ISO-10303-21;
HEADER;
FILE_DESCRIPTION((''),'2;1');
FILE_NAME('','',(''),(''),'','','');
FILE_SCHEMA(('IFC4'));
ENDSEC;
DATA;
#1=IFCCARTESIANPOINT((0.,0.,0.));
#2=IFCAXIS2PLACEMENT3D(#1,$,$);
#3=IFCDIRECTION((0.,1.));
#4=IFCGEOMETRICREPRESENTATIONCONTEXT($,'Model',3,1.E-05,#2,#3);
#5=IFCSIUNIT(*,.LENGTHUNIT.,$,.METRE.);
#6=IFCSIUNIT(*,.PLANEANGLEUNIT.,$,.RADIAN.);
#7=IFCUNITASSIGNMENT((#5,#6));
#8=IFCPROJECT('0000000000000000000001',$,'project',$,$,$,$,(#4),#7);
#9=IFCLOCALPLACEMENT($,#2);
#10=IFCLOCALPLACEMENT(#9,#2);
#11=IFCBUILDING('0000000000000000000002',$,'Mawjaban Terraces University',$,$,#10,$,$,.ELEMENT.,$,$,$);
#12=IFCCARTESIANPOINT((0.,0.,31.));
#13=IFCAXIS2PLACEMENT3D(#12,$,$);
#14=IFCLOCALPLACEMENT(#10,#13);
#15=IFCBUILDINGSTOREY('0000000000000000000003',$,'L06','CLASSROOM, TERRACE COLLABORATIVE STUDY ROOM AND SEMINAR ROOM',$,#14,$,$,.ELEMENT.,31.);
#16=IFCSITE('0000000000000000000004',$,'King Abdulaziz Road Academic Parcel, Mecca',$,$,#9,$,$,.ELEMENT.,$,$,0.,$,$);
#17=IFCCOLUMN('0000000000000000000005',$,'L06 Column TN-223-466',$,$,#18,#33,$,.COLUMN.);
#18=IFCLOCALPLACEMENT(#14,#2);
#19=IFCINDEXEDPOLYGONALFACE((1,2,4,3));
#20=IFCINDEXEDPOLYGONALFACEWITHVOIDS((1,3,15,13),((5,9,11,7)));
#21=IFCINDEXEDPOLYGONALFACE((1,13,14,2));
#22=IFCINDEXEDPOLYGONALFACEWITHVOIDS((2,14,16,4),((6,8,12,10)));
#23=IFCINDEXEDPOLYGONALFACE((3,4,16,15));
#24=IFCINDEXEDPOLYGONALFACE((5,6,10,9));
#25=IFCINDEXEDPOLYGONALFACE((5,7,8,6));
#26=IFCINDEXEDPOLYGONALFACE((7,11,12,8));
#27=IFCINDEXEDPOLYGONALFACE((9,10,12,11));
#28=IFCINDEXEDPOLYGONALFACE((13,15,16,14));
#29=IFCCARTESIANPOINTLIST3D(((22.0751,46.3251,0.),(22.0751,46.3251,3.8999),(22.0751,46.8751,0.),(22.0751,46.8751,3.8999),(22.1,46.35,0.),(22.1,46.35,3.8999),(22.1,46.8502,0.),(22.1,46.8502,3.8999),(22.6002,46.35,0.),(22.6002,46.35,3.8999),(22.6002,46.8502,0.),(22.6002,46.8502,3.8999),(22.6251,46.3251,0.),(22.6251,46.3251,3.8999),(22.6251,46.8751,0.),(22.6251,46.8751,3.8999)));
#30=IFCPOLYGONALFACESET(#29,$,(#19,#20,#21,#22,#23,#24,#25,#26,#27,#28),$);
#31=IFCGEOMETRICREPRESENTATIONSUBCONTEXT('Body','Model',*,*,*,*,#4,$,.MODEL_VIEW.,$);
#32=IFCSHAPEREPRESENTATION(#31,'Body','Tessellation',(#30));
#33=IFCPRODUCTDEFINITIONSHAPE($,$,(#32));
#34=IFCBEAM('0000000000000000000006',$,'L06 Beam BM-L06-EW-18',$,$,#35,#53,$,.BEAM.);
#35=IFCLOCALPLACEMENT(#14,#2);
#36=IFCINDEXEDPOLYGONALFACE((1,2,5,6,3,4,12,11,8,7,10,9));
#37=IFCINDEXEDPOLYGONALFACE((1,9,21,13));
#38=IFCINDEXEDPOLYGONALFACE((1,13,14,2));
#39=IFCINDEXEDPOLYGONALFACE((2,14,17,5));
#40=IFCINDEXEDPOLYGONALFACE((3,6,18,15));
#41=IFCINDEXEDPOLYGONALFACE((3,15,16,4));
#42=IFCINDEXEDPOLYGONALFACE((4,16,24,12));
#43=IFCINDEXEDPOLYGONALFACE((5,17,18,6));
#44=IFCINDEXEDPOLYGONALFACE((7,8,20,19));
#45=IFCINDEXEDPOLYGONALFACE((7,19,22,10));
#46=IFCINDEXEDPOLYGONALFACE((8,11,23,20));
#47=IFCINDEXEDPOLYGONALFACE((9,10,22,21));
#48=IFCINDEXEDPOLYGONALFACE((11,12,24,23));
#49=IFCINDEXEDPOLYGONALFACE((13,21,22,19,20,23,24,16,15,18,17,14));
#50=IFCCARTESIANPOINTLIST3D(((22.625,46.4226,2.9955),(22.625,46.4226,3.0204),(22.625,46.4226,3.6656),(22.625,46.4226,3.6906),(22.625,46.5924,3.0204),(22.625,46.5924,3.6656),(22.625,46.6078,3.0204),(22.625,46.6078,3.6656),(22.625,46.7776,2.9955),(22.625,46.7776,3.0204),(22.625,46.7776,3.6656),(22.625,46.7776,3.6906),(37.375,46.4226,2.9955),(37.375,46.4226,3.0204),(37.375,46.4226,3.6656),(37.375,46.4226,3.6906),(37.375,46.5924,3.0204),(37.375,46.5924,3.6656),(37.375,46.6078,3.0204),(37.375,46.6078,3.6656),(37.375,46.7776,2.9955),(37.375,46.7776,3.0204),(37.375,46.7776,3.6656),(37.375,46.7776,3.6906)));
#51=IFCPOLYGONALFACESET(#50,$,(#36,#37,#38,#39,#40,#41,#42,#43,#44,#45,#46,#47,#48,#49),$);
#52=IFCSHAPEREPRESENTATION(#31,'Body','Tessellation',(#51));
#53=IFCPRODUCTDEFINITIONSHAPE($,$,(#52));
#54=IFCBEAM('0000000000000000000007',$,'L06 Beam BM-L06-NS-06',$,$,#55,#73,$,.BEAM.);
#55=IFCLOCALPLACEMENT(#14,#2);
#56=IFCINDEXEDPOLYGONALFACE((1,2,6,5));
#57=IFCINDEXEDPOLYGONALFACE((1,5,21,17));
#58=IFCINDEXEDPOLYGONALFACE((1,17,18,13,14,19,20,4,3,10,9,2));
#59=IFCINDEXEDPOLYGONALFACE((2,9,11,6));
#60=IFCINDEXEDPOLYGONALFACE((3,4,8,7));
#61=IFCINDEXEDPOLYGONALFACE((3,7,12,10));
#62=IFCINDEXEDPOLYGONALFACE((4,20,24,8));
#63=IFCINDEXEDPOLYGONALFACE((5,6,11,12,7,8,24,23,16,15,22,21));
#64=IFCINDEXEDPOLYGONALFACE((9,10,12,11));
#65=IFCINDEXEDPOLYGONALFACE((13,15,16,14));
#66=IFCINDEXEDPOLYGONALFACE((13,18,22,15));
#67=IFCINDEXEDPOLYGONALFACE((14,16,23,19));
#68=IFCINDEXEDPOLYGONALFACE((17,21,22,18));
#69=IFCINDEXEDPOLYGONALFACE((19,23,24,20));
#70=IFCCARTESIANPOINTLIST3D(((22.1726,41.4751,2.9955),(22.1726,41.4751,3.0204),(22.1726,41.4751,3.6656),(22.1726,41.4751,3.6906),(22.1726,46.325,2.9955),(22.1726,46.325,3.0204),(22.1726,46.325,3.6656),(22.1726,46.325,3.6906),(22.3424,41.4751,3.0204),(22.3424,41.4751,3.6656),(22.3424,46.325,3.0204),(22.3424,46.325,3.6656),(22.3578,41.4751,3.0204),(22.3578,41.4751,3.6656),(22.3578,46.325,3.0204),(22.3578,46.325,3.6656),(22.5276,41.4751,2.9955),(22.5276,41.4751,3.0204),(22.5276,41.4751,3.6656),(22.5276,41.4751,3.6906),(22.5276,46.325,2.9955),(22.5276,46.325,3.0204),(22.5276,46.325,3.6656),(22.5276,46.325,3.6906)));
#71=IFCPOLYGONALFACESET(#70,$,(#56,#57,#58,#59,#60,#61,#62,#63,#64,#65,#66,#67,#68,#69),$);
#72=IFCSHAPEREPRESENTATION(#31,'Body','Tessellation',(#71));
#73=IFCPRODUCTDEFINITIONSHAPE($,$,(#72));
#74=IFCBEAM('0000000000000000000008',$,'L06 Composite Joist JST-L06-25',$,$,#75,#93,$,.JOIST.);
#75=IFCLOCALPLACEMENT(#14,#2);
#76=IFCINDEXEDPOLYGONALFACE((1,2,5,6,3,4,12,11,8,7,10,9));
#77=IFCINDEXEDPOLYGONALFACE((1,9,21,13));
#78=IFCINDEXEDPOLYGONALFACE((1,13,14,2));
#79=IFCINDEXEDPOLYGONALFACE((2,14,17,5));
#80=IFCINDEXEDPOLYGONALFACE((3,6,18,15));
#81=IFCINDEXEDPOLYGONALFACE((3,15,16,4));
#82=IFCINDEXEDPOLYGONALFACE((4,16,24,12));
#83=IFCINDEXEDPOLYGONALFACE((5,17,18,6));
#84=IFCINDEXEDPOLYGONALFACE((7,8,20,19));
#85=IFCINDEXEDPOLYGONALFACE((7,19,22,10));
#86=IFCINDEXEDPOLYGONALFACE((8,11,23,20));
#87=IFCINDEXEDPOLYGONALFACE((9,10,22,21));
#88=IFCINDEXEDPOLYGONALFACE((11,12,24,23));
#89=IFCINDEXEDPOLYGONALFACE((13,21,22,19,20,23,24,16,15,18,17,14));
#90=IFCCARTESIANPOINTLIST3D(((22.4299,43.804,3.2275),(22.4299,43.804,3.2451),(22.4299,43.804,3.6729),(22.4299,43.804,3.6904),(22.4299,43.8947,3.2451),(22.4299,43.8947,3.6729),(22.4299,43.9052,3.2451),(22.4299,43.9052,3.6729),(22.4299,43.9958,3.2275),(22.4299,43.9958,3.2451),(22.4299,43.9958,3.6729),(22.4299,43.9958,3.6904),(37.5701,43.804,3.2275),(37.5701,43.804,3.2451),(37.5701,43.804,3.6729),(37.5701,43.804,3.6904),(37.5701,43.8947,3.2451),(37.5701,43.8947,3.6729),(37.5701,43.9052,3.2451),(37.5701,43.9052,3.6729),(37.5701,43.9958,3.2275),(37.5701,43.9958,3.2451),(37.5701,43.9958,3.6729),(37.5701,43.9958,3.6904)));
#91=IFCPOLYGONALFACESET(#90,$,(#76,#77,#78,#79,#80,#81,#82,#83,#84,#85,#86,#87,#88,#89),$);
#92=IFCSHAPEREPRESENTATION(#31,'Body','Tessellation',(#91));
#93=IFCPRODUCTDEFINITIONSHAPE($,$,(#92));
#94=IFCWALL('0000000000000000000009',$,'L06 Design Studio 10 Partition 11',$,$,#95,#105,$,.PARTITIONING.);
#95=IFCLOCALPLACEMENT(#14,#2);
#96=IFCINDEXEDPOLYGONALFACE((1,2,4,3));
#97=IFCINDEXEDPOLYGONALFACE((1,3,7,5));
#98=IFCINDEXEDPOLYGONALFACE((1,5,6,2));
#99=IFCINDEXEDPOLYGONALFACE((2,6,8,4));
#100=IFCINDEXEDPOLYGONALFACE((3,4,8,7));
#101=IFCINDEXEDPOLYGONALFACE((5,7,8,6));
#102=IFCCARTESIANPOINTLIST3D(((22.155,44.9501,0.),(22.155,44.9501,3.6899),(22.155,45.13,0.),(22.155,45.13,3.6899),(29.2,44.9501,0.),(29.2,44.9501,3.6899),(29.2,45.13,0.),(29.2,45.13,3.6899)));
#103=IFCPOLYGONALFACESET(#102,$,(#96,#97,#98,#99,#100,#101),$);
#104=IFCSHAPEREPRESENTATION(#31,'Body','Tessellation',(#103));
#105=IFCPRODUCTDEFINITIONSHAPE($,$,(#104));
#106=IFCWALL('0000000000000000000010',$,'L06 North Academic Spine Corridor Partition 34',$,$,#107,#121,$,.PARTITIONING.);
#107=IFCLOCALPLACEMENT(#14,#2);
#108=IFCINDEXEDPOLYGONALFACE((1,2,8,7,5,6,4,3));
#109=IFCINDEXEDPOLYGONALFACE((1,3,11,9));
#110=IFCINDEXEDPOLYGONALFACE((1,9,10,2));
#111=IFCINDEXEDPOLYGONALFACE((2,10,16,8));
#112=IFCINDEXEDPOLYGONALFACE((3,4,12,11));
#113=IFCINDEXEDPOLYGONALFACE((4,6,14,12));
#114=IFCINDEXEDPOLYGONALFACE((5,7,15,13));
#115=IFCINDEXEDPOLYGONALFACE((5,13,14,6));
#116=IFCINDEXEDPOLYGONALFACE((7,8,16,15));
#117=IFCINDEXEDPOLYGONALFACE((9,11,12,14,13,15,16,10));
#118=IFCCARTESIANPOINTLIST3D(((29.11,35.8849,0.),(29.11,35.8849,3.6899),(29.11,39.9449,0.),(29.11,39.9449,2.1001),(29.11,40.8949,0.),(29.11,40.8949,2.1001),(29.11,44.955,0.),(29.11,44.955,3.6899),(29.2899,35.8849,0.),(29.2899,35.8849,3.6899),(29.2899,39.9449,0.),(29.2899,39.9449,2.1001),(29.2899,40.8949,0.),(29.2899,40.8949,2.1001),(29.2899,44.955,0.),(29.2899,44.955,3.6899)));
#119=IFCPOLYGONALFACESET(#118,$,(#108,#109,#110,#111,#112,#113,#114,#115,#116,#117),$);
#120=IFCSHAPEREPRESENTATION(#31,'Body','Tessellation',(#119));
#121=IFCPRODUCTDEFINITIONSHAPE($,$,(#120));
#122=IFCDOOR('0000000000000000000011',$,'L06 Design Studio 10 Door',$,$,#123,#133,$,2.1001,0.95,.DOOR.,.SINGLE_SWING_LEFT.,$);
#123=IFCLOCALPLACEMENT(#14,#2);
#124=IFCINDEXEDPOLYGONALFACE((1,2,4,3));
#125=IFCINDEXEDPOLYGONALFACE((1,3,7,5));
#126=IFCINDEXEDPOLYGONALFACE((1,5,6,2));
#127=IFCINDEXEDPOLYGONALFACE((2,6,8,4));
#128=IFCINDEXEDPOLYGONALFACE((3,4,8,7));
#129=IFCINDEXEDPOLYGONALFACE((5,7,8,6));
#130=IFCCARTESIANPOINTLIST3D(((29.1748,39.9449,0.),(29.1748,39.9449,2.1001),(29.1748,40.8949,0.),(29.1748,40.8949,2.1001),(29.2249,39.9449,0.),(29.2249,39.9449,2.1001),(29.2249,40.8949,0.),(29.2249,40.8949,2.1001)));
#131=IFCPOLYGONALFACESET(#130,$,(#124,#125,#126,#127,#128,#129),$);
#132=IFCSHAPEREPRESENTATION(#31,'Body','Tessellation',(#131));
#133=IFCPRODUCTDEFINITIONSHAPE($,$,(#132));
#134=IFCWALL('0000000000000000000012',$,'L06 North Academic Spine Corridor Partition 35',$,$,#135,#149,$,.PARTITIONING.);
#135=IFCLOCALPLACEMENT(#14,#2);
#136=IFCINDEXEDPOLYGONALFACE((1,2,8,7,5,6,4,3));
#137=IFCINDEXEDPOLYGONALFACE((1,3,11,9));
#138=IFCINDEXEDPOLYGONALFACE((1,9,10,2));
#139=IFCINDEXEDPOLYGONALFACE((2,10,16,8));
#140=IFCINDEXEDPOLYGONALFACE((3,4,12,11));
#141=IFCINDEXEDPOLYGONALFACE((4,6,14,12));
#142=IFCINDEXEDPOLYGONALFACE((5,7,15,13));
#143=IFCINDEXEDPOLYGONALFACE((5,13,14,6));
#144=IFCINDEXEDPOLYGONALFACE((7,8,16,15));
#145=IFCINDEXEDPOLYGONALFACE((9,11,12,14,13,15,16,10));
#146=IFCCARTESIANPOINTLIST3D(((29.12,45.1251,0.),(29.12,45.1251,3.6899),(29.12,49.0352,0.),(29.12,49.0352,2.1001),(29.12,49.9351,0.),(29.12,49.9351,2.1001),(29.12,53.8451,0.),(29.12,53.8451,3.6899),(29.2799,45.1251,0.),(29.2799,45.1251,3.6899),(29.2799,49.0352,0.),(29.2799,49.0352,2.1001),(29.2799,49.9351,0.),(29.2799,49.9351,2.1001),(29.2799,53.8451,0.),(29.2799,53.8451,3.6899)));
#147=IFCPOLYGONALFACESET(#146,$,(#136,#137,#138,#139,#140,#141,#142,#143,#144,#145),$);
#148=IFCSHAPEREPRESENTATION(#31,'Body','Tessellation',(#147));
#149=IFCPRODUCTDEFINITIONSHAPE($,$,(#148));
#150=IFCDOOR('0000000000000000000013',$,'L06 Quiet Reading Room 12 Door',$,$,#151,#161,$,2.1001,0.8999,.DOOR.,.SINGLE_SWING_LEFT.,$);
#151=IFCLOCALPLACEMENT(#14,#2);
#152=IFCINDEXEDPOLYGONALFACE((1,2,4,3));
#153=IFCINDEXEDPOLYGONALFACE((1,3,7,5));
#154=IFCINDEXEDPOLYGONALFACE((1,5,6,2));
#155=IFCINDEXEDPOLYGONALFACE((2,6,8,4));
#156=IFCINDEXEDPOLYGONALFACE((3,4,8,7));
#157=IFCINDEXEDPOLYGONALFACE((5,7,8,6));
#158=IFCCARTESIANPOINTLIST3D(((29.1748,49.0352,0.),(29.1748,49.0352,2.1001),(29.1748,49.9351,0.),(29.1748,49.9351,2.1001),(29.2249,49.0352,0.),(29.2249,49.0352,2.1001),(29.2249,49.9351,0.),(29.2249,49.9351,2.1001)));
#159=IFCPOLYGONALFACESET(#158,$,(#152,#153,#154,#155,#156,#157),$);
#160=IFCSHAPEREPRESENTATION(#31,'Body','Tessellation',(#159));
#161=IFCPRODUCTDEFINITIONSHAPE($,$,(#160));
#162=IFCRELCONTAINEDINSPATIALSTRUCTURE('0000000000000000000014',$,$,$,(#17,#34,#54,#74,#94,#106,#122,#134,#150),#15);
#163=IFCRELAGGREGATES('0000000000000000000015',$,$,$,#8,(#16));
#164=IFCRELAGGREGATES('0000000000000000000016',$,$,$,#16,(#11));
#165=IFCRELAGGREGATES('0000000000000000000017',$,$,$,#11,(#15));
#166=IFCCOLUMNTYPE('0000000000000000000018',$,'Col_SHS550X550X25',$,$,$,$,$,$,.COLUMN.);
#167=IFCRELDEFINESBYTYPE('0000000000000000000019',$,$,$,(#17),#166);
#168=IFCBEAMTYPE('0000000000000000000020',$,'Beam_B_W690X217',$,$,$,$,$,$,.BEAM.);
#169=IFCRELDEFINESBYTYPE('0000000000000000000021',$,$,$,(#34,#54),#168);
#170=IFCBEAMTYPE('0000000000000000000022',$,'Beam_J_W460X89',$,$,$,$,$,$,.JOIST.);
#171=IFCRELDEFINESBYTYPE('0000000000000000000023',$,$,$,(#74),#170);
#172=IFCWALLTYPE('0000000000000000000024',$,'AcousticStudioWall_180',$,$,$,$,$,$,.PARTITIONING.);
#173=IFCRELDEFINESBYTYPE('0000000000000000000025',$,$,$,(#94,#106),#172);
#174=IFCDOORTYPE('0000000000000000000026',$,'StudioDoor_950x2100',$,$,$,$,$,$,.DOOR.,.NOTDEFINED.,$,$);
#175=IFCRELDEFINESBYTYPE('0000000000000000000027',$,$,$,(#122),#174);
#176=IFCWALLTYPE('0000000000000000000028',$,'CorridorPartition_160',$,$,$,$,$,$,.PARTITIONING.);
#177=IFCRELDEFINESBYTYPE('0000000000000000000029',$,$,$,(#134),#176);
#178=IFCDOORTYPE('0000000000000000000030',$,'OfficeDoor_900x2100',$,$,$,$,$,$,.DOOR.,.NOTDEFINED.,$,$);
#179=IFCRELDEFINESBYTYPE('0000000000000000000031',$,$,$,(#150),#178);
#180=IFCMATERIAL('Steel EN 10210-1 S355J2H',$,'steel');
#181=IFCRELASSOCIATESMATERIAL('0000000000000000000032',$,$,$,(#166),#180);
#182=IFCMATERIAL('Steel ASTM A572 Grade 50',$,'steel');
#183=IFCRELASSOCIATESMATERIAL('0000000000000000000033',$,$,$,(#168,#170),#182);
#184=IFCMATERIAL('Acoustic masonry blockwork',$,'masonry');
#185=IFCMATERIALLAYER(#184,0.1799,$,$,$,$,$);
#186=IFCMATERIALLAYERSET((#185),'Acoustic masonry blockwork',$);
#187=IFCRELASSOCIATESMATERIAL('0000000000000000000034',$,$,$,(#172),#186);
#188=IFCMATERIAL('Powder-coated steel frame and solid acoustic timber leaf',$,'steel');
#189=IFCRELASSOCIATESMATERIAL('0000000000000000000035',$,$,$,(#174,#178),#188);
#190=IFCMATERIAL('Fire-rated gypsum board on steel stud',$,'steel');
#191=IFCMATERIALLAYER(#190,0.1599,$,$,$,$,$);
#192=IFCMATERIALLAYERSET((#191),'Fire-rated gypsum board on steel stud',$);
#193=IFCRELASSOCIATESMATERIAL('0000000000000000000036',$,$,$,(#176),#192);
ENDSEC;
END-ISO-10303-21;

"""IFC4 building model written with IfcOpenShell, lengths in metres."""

from ifc_helpers import new_model, si_unit, direction, frame, frame_2d, origin, origin_2d, place, context, subcontext, project, spatial, rectangle, hollow_rectangle, i_section, extrude, material, layer, layer_set, material_profile, profile_set, type_object, element, fill, save


model = new_model("IFC4")

# Units and contexts
model_context = context("Model", 3, precision=1e-05, world=origin(), true_north=direction((0.0, 1.0)))
body_context = subcontext(model_context, "Body", "Model", "MODEL_VIEW")
ifc_project = project(units=[si_unit("LENGTHUNIT", "METRE"), si_unit("PLANEANGLEUNIT", "RADIAN")], contexts=[model_context])

# Site, building, storey
site_placement = place(None, origin())
site = spatial("IfcSite", under=ifc_project, at=site_placement, Name="King Abdulaziz Road Academic Parcel, Mecca", CompositionType="ELEMENT", RefElevation=0.0)
building_placement = place(site_placement, origin())
building = spatial("IfcBuilding", under=site, at=building_placement, Name="Mawjaban Terraces University", CompositionType="ELEMENT")
storey_placement = place(building_placement, frame((0.0, 0.0, 31.0)))
storey = spatial("IfcBuildingStorey", under=building, at=storey_placement, Name="L06", Description="CLASSROOM, TERRACE COLLABORATIVE STUDY ROOM AND SEMINAR ROOM", CompositionType="ELEMENT", Elevation=31.0)

# Column
ifc_material_1 = material(Name="Steel EN 10210-1 S355J2H", Category="steel")
ifc_material_profile_1 = material_profile(ifc_material_1, hollow_rectangle(XDim=0.55, YDim=0.55, WallThickness=0.0249, at=origin_2d()), Name="SHS550X550X25")
ifc_profile_set_1 = profile_set([ifc_material_profile_1], Name="Steel EN 10210-1 S355J2H")
column_type = type_object("IfcColumnType", Name="Col_SHS550X550X25", PredefinedType="COLUMN", material=ifc_profile_set_1)
column_placement = place(storey_placement, frame((22.3501, 46.6001, 0.0), z_axis=(0.0, 0.0, 1.0), x_axis=(1.0, 0.0, 0.0)))
element("IfcColumn", 1, at=column_placement, inside=storey, type_object=column_type, Name="L06 Column TN-223-466", PredefinedType="COLUMN", context=body_context, shape_type="SweptSolid", body=[
    extrude(hollow_rectangle(XDim=0.55, YDim=0.55, WallThickness=0.0249, at=origin_2d()), origin(), (0.0, 0.0, 1.0), 3.8999),
])

# Beams
ifc_material_2 = material(Name="Steel ASTM A572 Grade 50", Category="steel")
ifc_material_profile_2 = material_profile(ifc_material_2, i_section(OverallWidth=0.355, OverallDepth=0.6951, WebThickness=0.0154, FlangeThickness=0.0249, at=origin_2d()), Name="W690X217")
ifc_profile_set_2 = profile_set([ifc_material_profile_2], Name="Steel ASTM A572 Grade 50")
beam_type_1 = type_object("IfcBeamType", Name="Beam_B_W690X217", PredefinedType="BEAM", material=ifc_profile_set_2)
beam_1_placement = place(storey_placement, frame((22.625, 46.6001, 3.343), z_axis=(1.0, 0.0, 0.0), x_axis=(0.0, 1.0, 0.0)))
element("IfcBeam", 2, at=beam_1_placement, inside=storey, type_object=beam_type_1, Name="L06 Beam BM-L06-EW-18", PredefinedType="BEAM", context=body_context, shape_type="SweptSolid", body=[
    extrude(i_section(OverallWidth=0.355, OverallDepth=0.6951, WebThickness=0.0154, FlangeThickness=0.0249, at=origin_2d()), origin(), (0.0, 0.0, 1.0), 14.75),
])
beam_2_placement = place(storey_placement, frame((22.3501, 41.4751, 3.343), z_axis=(0.0, 1.0, 0.0), x_axis=(-1.0, 0.0, 0.0)))
element("IfcBeam", 3, at=beam_2_placement, inside=storey, type_object=beam_type_1, Name="L06 Beam BM-L06-NS-06", PredefinedType="BEAM", context=body_context, shape_type="SweptSolid", body=[
    extrude(i_section(OverallWidth=0.355, OverallDepth=0.6951, WebThickness=0.0154, FlangeThickness=0.0249, at=origin_2d()), origin(), (0.0, 0.0, 1.0), 4.8499),
])
ifc_material_profile_3 = material_profile(ifc_material_2, i_section(OverallWidth=0.1919, OverallDepth=0.4629, WebThickness=0.0105, FlangeThickness=0.0176, at=origin_2d()), Name="W460X89")
ifc_profile_set_3 = profile_set([ifc_material_profile_3], Name="Steel ASTM A572 Grade 50")
beam_type_2 = type_object("IfcBeamType", Name="Beam_J_W460X89", PredefinedType="JOIST", material=ifc_profile_set_3)
beam_3_placement = place(storey_placement, frame((22.4299, 43.8999, 3.459), z_axis=(1.0, 0.0, 0.0), x_axis=(0.0, 1.0, 0.0)))
element("IfcBeam", 4, at=beam_3_placement, inside=storey, type_object=beam_type_2, Name="L06 Composite Joist JST-L06-25", PredefinedType="JOIST", context=body_context, shape_type="SweptSolid", body=[
    extrude(i_section(OverallWidth=0.1919, OverallDepth=0.4629, WebThickness=0.0105, FlangeThickness=0.0176, at=origin_2d()), origin(), (0.0, 0.0, 1.0), 15.1401),
])

# Wall
ifc_material_3 = material(Name="Acoustic masonry blockwork", Category="masonry")
ifc_layer_1 = layer(ifc_material_3, 0.1799)
ifc_layer_set_1 = layer_set([ifc_layer_1], Name="Acoustic masonry blockwork")
wall_type_1 = type_object("IfcWallType", Name="AcousticStudioWall_180", PredefinedType="PARTITIONING", material=ifc_layer_set_1)
wall_1_placement = place(storey_placement, frame((29.2, 45.04, 0.0), z_axis=(0.0, 0.0, 1.0), x_axis=(-1.0, 0.0, 0.0)))
element("IfcWall", 5, at=wall_1_placement, inside=storey, type_object=wall_type_1, Name="L06 Design Studio 10 Partition 11", PredefinedType="PARTITIONING", context=body_context, shape_type="SweptSolid", body=[
    extrude(rectangle(XDim=7.0449, YDim=0.1799, at=frame_2d((3.5225, 0.0))), origin(), (0.0, 0.0, 1.0), 3.6899),
])

# Walls, openings, doors
wall_2_placement = place(storey_placement, frame((29.2, 44.9551, 0.0), z_axis=(0.0, 0.0, 1.0), x_axis=(0.0, -1.0, 0.0)))
wall_2 = element("IfcWall", 6, at=wall_2_placement, inside=storey, type_object=wall_type_1, Name="L06 North Academic Spine Corridor Partition 34", PredefinedType="PARTITIONING", context=body_context, shape_type="SweptSolid", body=[
    extrude(rectangle(XDim=9.0701, YDim=0.1799, at=frame_2d((4.5352, 0.0))), origin(), (0.0, 0.0, 1.0), 3.6899),
])
opening_1_placement = place(wall_2_placement, frame((4.0601, 0.0, 0.0)))
opening_1 = element("IfcOpeningElement", 7, at=opening_1_placement, cuts=wall_2, PredefinedType="OPENING", context=body_context, shape_type="SweptSolid", body=[
    extrude(rectangle(XDim=0.95, YDim=2.1001, at=frame_2d((0.4751, 1.05))), frame((0.0, 0.0999, 0.0), z_axis=(0.0, -1.0, 0.0), x_axis=(1.0, 0.0, 0.0)), (0.0, 0.0, 1.0), 0.2),
])
ifc_material_4 = material(Name="Powder-coated steel frame and solid acoustic timber leaf", Category="steel")
door_type_1 = type_object("IfcDoorType", Name="StudioDoor_950x2100", OperationType="NOTDEFINED", PredefinedType="DOOR", material=ifc_material_4)
door_1_placement = place(opening_1_placement, origin())
door_1 = element("IfcDoor", 8, at=door_1_placement, inside=storey, type_object=door_type_1, Name="L06 Design Studio 10 Door", OperationType="SINGLE_SWING_LEFT", OverallHeight=2.1001, OverallWidth=0.95, PredefinedType="DOOR", context=body_context, shape_type="SweptSolid", body=[
    extrude(rectangle(XDim=0.95, YDim=2.1001, at=frame_2d((0.4751, 1.05))), frame((0.0, 0.0249, 0.0), z_axis=(0.0, -1.0, 0.0), x_axis=(1.0, 0.0, 0.0)), (0.0, 0.0, 1.0), 0.05),
])
fill(opening_1, door_1)
ifc_material_5 = material(Name="Fire-rated gypsum board on steel stud", Category="steel")
ifc_layer_2 = layer(ifc_material_5, 0.1599)
ifc_layer_set_2 = layer_set([ifc_layer_2], Name="Fire-rated gypsum board on steel stud")
wall_type_2 = type_object("IfcWallType", Name="CorridorPartition_160", PredefinedType="PARTITIONING", material=ifc_layer_set_2)
wall_3_placement = place(storey_placement, frame((29.2, 53.845, 0.0), z_axis=(0.0, 0.0, 1.0), x_axis=(0.0, -1.0, 0.0)))
wall_3 = element("IfcWall", 9, at=wall_3_placement, inside=storey, type_object=wall_type_2, Name="L06 North Academic Spine Corridor Partition 35", PredefinedType="PARTITIONING", context=body_context, shape_type="SweptSolid", body=[
    extrude(rectangle(XDim=8.72, YDim=0.1599, at=frame_2d((4.3599, 0.0))), origin(), (0.0, 0.0, 1.0), 3.6899),
])
opening_2_placement = place(wall_3_placement, frame((3.9099, 0.0, 0.0)))
opening_2 = element("IfcOpeningElement", 10, at=opening_2_placement, cuts=wall_3, PredefinedType="OPENING", context=body_context, shape_type="SweptSolid", body=[
    extrude(rectangle(XDim=0.8999, YDim=2.1001, at=frame_2d((0.45, 1.05))), frame((0.0, 0.0898, 0.0), z_axis=(0.0, -1.0, 0.0), x_axis=(1.0, 0.0, 0.0)), (0.0, 0.0, 1.0), 0.1799),
])
door_type_2 = type_object("IfcDoorType", Name="OfficeDoor_900x2100", OperationType="NOTDEFINED", PredefinedType="DOOR", material=ifc_material_4)
door_2_placement = place(opening_2_placement, origin())
door_2 = element("IfcDoor", 11, at=door_2_placement, inside=storey, type_object=door_type_2, Name="L06 Quiet Reading Room 12 Door", OperationType="SINGLE_SWING_LEFT", OverallHeight=2.1001, OverallWidth=0.8999, PredefinedType="DOOR", context=body_context, shape_type="SweptSolid", body=[
    extrude(rectangle(XDim=0.8999, YDim=2.1001, at=frame_2d((0.45, 1.05))), frame((0.0, 0.0249, 0.0), z_axis=(0.0, -1.0, 0.0), x_axis=(1.0, 0.0, 0.0)), (0.0, 0.0, 1.0), 0.05),
])
fill(opening_2, door_2)

save(model, "model.ifc")
